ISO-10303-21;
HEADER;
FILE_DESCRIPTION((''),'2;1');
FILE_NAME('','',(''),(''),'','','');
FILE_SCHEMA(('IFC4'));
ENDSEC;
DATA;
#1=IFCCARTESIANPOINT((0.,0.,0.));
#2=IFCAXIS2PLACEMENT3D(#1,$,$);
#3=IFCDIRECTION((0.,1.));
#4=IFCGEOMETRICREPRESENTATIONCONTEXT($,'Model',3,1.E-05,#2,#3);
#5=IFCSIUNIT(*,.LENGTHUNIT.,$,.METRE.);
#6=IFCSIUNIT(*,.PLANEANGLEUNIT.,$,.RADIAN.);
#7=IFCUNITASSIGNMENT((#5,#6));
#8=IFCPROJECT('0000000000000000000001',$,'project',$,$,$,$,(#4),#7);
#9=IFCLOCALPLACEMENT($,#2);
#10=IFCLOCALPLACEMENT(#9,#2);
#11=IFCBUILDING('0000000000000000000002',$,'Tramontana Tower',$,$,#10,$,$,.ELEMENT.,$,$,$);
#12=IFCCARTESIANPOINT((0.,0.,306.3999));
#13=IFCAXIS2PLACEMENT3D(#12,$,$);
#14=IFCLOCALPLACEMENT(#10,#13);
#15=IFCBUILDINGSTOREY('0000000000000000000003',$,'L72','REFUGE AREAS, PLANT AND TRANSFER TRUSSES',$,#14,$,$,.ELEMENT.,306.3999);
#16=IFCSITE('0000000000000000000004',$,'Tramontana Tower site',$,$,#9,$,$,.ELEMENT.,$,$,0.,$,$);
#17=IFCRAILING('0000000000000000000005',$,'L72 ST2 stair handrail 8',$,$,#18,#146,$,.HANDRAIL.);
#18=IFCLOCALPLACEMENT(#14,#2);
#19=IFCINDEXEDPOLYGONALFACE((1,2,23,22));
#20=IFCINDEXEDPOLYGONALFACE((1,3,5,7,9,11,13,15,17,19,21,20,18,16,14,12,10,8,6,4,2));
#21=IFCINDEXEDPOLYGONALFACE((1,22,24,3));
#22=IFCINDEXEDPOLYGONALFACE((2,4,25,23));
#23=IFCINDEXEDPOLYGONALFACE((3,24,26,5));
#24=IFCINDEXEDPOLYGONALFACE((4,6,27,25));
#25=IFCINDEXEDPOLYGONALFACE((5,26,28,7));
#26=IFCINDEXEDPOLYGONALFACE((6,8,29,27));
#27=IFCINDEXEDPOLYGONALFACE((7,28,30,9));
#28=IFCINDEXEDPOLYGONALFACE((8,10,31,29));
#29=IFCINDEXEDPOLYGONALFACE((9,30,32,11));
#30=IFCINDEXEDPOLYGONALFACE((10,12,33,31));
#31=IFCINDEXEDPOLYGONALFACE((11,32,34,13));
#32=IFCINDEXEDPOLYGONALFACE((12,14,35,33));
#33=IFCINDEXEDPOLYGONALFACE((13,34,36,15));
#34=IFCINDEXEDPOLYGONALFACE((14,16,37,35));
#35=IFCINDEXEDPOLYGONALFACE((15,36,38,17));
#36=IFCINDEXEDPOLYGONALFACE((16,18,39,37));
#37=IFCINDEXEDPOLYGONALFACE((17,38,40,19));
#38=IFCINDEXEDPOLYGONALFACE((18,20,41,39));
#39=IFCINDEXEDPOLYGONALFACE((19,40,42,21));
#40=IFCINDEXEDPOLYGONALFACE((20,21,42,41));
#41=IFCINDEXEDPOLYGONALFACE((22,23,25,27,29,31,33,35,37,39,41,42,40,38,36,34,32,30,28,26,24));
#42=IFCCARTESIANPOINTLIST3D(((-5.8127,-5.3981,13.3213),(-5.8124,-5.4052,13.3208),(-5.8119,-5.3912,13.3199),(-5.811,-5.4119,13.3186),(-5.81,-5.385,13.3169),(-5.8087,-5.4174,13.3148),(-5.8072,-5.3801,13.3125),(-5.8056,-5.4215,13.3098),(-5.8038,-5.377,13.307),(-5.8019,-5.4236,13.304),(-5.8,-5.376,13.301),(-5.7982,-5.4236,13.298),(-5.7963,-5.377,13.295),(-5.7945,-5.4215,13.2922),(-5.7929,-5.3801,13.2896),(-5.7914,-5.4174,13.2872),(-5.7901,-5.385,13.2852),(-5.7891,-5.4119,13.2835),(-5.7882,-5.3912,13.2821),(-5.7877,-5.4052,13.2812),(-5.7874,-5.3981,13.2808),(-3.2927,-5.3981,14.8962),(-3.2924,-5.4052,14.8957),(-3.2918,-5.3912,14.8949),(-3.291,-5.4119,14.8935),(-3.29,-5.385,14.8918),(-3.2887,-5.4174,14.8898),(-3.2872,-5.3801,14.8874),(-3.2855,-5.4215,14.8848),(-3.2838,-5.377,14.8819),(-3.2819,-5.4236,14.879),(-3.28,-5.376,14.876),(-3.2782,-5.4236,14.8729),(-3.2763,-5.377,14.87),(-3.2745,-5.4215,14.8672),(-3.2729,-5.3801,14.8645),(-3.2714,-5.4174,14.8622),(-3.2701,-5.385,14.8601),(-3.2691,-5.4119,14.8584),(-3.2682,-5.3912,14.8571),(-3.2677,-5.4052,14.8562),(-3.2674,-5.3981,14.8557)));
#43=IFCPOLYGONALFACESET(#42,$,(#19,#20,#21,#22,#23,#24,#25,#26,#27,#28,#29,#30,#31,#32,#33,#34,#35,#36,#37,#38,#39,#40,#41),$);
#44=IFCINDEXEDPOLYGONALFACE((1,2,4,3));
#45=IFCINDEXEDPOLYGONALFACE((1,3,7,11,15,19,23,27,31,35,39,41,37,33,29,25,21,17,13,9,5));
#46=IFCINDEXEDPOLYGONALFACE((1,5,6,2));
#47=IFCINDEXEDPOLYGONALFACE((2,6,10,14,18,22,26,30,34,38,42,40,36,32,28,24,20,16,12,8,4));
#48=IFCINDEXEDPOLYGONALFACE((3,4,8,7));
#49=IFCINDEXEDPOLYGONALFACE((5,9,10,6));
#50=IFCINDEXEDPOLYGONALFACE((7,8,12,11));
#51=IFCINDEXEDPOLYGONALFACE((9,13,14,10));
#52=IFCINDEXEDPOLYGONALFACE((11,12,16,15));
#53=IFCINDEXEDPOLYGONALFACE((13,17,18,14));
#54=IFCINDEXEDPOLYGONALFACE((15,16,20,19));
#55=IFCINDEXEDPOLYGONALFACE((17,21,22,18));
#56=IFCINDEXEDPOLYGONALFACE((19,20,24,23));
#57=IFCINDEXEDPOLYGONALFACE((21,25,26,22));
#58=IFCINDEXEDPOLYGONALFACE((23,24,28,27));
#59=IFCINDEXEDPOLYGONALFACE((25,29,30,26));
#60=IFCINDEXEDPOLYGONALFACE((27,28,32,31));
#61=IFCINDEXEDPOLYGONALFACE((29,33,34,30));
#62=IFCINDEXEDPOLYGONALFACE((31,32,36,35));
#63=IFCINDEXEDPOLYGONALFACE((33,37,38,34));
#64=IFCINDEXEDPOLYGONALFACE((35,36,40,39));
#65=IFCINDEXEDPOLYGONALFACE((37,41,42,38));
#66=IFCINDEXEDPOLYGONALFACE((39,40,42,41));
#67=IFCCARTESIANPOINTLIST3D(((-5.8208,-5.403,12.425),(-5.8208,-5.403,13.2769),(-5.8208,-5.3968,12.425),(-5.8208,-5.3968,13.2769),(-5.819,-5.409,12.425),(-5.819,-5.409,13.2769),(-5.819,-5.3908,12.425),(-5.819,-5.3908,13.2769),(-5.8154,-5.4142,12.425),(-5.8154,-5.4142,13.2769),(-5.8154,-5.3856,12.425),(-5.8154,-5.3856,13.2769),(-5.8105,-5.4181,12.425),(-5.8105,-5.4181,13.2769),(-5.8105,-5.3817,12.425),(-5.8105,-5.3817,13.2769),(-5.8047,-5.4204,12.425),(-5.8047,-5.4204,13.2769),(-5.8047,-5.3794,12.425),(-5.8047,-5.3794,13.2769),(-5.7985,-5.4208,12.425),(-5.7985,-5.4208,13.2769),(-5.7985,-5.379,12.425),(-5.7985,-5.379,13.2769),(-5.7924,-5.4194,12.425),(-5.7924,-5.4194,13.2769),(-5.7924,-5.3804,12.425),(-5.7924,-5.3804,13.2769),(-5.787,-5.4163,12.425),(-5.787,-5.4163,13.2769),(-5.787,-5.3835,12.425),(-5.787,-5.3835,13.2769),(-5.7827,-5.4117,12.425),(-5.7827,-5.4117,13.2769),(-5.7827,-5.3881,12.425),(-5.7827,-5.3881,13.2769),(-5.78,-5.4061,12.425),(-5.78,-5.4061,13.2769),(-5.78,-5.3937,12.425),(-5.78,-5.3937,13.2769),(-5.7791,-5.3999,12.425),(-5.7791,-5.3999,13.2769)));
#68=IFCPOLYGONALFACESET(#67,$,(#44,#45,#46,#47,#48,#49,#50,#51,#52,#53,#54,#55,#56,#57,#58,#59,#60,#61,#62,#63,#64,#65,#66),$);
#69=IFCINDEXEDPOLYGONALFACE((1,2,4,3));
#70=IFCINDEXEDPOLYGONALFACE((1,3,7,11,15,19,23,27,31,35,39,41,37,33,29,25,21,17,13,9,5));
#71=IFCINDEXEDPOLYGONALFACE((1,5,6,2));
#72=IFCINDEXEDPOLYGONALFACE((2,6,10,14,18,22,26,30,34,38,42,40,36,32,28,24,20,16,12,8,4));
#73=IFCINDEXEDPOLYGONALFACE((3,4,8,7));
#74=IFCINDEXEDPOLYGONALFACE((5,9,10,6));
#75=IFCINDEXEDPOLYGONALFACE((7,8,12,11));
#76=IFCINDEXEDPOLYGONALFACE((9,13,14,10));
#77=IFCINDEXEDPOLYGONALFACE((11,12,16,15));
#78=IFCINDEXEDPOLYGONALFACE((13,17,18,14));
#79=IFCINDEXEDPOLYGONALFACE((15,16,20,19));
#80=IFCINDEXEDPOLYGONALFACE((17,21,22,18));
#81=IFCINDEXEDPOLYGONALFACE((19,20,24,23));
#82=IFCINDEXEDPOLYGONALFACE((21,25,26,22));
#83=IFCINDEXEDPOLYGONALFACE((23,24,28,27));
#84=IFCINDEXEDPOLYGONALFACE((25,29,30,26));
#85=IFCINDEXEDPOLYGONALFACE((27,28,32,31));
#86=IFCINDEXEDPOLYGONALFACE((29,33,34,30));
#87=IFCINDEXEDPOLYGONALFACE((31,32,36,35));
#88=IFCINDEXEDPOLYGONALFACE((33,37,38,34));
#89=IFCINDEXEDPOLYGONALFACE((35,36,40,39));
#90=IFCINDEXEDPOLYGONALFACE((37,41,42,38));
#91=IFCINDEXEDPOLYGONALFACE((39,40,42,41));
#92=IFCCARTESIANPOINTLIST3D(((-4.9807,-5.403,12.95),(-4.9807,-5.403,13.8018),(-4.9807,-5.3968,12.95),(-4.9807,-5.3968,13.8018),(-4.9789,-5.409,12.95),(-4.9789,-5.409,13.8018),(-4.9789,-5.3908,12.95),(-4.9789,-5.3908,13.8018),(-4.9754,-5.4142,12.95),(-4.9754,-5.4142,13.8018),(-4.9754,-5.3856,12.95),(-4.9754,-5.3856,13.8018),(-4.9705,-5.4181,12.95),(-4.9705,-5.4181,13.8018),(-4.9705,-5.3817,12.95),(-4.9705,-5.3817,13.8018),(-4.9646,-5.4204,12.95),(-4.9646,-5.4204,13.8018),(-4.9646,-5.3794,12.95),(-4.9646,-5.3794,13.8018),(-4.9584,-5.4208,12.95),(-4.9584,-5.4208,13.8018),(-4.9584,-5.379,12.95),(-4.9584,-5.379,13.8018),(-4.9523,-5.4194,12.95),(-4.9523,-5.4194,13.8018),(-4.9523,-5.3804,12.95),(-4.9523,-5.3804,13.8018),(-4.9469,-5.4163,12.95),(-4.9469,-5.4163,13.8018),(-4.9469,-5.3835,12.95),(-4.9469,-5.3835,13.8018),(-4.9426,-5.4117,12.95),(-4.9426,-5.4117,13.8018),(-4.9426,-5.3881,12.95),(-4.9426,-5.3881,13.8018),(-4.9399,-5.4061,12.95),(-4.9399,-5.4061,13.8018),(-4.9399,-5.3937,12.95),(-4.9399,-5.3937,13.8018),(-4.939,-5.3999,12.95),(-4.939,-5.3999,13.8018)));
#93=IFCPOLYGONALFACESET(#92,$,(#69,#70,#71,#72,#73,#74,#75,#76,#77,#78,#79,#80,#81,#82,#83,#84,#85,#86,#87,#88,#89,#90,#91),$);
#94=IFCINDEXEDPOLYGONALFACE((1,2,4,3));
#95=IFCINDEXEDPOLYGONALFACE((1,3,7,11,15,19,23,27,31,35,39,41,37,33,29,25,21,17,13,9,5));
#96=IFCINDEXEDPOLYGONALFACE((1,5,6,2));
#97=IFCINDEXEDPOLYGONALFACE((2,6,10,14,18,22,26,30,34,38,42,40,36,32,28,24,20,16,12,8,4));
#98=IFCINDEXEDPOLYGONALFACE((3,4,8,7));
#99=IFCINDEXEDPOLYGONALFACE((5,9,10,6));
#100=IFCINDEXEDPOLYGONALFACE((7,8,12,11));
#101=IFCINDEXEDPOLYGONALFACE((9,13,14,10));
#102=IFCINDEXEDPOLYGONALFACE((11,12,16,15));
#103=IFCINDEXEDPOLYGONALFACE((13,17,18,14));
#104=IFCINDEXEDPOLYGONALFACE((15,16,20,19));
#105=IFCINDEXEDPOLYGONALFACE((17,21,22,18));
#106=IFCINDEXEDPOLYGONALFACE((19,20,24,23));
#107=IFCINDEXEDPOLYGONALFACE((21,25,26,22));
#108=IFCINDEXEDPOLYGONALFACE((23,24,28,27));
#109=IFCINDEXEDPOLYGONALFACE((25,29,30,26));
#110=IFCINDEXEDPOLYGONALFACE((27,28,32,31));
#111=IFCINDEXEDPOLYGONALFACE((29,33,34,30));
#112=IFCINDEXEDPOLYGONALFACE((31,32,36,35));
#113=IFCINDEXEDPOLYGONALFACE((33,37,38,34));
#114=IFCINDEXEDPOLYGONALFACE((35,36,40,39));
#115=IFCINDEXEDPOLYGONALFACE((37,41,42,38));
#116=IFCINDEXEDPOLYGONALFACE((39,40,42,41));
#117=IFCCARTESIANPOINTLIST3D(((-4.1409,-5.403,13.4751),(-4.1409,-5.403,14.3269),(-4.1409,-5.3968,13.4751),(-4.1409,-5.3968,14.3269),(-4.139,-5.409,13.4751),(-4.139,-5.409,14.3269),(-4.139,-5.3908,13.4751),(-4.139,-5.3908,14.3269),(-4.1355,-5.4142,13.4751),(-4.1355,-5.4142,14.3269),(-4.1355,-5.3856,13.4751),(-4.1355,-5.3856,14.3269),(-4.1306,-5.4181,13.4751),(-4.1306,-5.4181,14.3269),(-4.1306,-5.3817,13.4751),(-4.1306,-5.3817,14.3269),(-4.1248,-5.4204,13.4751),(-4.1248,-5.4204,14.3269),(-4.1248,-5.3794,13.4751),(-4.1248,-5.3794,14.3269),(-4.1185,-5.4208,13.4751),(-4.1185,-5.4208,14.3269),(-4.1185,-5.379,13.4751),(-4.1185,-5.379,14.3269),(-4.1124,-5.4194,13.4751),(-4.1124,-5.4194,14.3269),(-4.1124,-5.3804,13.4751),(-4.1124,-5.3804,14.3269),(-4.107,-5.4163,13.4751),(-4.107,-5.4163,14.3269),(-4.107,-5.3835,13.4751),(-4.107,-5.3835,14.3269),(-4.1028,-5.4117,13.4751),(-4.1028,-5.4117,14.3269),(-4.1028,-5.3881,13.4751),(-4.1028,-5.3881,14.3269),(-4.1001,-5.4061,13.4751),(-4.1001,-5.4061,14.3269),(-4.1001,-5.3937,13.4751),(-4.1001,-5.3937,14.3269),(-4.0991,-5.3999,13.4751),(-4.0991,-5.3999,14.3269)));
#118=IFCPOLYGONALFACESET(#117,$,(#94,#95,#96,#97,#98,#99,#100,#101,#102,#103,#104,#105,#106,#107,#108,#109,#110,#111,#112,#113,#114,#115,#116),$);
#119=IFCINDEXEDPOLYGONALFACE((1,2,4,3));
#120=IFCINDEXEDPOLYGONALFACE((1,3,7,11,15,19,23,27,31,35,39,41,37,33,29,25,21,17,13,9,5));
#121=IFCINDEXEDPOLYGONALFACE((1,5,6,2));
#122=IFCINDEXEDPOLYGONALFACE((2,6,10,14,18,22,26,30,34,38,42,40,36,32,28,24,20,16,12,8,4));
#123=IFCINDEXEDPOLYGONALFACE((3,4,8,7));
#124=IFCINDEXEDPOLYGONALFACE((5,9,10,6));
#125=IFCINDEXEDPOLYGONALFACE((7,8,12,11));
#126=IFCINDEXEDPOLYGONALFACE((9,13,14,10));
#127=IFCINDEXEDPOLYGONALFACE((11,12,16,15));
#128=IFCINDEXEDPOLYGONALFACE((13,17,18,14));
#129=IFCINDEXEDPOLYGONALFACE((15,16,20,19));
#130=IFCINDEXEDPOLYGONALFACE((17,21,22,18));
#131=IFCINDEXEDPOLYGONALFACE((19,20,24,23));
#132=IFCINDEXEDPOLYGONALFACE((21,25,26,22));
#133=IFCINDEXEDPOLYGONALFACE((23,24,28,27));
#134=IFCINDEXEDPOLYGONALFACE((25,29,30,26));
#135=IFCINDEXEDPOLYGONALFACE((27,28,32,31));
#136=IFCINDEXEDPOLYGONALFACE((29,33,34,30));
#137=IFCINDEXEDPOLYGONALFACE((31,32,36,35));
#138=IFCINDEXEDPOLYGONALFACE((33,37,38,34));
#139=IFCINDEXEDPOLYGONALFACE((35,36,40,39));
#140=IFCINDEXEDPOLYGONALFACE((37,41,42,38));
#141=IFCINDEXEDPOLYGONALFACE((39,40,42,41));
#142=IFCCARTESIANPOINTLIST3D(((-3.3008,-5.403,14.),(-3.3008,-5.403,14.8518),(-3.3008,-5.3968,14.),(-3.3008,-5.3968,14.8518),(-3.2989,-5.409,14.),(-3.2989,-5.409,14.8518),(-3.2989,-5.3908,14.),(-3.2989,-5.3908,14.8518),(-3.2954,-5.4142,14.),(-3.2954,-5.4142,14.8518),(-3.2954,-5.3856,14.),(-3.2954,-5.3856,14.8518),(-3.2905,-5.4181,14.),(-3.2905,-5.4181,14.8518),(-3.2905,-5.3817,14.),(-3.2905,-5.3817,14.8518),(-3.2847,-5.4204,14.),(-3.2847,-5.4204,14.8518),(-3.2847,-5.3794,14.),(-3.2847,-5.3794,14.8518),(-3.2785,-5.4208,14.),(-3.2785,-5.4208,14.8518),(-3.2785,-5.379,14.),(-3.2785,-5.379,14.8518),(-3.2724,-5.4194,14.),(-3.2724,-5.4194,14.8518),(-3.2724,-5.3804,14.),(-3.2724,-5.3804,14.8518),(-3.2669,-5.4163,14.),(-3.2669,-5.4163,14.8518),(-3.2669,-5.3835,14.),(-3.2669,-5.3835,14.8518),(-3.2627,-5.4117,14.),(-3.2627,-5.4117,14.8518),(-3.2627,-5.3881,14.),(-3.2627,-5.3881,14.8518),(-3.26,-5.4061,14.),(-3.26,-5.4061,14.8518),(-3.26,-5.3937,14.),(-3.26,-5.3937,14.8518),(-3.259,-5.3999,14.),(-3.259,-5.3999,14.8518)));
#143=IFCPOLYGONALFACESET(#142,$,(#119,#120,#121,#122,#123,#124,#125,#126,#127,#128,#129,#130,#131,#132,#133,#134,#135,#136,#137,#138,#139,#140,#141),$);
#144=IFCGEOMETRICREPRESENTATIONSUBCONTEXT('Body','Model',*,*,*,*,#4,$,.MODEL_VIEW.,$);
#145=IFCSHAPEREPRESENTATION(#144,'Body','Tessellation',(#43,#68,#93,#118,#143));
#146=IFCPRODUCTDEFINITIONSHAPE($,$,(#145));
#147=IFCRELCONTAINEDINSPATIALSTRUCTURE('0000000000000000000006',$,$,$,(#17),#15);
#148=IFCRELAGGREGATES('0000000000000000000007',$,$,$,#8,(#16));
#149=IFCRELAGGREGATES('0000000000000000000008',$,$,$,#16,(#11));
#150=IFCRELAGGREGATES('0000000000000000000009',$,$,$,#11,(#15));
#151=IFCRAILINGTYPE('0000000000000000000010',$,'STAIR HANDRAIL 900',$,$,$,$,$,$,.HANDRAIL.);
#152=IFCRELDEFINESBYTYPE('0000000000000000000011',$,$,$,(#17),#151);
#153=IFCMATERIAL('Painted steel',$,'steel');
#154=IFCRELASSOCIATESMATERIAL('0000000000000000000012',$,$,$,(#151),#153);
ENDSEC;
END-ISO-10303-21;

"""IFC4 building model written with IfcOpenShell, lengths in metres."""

from ifc_helpers import new_model, si_unit, direction, frame, origin, origin_2d, place, context, subcontext, project, spatial, circle, extrude, material, type_object, element, save


model = new_model("IFC4")

# Units and contexts
model_context = context("Model", 3, precision=1e-05, world=origin(), true_north=direction((0.0, 1.0)))
body_context = subcontext(model_context, "Body", "Model", "MODEL_VIEW")
ifc_project = project(units=[si_unit("LENGTHUNIT", "METRE"), si_unit("PLANEANGLEUNIT", "RADIAN")], contexts=[model_context])

# Site, building, storey
site_placement = place(None, origin())
site = spatial("IfcSite", under=ifc_project, at=site_placement, Name="Tramontana Tower site", CompositionType="ELEMENT", RefElevation=0.0)
building_placement = place(site_placement, origin())
building = spatial("IfcBuilding", under=site, at=building_placement, Name="Tramontana Tower", CompositionType="ELEMENT")
storey_placement = place(building_placement, frame((0.0, 0.0, 306.3999)))
storey = spatial("IfcBuildingStorey", under=building, at=storey_placement, Name="L72", Description="REFUGE AREAS, PLANT AND TRANSFER TRUSSES", CompositionType="ELEMENT", Elevation=306.3999)

# Railing
ifc_material_1 = material(Name="Painted steel", Category="steel")
railing_type_1 = type_object("IfcRailingType", Name="STAIR HANDRAIL 900", PredefinedType="HANDRAIL", material=ifc_material_1)
for number, where, name in (
    (1, (-5.8, -5.3999, 12.425), "L72 ST2 stair handrail 8"),
):
    element("IfcRailing", number, at=place(storey_placement, frame(where)), inside=storey, type_object=railing_type_1, Name=name, PredefinedType="HANDRAIL", context=body_context, shape_type="SweptSolid", body=[
        extrude(circle(Radius=0.0239, at=origin_2d()), frame((0.0, 0.0, 0.876), z_axis=(0.848008, 0.0, 0.529984), x_axis=(0.0, 1.0, 0.0)), (0.0, 0.0, 1.0), 2.9717),
        extrude(circle(Radius=0.021, at=origin_2d()), origin(), (0.0, 0.0, 1.0), 0.8518),
        extrude(circle(Radius=0.021, at=origin_2d()), frame((0.8401, 0.0, 0.5249)), (0.0, 0.0, 1.0), 0.8518),
        extrude(circle(Radius=0.021, at=origin_2d()), frame((1.6799, 0.0, 1.05)), (0.0, 0.0, 1.0), 0.8518),
        extrude(circle(Radius=0.021, at=origin_2d()), frame((2.52, 0.0, 1.575)), (0.0, 0.0, 1.0), 0.8518),
    ])

save(model, "model.ifc")
